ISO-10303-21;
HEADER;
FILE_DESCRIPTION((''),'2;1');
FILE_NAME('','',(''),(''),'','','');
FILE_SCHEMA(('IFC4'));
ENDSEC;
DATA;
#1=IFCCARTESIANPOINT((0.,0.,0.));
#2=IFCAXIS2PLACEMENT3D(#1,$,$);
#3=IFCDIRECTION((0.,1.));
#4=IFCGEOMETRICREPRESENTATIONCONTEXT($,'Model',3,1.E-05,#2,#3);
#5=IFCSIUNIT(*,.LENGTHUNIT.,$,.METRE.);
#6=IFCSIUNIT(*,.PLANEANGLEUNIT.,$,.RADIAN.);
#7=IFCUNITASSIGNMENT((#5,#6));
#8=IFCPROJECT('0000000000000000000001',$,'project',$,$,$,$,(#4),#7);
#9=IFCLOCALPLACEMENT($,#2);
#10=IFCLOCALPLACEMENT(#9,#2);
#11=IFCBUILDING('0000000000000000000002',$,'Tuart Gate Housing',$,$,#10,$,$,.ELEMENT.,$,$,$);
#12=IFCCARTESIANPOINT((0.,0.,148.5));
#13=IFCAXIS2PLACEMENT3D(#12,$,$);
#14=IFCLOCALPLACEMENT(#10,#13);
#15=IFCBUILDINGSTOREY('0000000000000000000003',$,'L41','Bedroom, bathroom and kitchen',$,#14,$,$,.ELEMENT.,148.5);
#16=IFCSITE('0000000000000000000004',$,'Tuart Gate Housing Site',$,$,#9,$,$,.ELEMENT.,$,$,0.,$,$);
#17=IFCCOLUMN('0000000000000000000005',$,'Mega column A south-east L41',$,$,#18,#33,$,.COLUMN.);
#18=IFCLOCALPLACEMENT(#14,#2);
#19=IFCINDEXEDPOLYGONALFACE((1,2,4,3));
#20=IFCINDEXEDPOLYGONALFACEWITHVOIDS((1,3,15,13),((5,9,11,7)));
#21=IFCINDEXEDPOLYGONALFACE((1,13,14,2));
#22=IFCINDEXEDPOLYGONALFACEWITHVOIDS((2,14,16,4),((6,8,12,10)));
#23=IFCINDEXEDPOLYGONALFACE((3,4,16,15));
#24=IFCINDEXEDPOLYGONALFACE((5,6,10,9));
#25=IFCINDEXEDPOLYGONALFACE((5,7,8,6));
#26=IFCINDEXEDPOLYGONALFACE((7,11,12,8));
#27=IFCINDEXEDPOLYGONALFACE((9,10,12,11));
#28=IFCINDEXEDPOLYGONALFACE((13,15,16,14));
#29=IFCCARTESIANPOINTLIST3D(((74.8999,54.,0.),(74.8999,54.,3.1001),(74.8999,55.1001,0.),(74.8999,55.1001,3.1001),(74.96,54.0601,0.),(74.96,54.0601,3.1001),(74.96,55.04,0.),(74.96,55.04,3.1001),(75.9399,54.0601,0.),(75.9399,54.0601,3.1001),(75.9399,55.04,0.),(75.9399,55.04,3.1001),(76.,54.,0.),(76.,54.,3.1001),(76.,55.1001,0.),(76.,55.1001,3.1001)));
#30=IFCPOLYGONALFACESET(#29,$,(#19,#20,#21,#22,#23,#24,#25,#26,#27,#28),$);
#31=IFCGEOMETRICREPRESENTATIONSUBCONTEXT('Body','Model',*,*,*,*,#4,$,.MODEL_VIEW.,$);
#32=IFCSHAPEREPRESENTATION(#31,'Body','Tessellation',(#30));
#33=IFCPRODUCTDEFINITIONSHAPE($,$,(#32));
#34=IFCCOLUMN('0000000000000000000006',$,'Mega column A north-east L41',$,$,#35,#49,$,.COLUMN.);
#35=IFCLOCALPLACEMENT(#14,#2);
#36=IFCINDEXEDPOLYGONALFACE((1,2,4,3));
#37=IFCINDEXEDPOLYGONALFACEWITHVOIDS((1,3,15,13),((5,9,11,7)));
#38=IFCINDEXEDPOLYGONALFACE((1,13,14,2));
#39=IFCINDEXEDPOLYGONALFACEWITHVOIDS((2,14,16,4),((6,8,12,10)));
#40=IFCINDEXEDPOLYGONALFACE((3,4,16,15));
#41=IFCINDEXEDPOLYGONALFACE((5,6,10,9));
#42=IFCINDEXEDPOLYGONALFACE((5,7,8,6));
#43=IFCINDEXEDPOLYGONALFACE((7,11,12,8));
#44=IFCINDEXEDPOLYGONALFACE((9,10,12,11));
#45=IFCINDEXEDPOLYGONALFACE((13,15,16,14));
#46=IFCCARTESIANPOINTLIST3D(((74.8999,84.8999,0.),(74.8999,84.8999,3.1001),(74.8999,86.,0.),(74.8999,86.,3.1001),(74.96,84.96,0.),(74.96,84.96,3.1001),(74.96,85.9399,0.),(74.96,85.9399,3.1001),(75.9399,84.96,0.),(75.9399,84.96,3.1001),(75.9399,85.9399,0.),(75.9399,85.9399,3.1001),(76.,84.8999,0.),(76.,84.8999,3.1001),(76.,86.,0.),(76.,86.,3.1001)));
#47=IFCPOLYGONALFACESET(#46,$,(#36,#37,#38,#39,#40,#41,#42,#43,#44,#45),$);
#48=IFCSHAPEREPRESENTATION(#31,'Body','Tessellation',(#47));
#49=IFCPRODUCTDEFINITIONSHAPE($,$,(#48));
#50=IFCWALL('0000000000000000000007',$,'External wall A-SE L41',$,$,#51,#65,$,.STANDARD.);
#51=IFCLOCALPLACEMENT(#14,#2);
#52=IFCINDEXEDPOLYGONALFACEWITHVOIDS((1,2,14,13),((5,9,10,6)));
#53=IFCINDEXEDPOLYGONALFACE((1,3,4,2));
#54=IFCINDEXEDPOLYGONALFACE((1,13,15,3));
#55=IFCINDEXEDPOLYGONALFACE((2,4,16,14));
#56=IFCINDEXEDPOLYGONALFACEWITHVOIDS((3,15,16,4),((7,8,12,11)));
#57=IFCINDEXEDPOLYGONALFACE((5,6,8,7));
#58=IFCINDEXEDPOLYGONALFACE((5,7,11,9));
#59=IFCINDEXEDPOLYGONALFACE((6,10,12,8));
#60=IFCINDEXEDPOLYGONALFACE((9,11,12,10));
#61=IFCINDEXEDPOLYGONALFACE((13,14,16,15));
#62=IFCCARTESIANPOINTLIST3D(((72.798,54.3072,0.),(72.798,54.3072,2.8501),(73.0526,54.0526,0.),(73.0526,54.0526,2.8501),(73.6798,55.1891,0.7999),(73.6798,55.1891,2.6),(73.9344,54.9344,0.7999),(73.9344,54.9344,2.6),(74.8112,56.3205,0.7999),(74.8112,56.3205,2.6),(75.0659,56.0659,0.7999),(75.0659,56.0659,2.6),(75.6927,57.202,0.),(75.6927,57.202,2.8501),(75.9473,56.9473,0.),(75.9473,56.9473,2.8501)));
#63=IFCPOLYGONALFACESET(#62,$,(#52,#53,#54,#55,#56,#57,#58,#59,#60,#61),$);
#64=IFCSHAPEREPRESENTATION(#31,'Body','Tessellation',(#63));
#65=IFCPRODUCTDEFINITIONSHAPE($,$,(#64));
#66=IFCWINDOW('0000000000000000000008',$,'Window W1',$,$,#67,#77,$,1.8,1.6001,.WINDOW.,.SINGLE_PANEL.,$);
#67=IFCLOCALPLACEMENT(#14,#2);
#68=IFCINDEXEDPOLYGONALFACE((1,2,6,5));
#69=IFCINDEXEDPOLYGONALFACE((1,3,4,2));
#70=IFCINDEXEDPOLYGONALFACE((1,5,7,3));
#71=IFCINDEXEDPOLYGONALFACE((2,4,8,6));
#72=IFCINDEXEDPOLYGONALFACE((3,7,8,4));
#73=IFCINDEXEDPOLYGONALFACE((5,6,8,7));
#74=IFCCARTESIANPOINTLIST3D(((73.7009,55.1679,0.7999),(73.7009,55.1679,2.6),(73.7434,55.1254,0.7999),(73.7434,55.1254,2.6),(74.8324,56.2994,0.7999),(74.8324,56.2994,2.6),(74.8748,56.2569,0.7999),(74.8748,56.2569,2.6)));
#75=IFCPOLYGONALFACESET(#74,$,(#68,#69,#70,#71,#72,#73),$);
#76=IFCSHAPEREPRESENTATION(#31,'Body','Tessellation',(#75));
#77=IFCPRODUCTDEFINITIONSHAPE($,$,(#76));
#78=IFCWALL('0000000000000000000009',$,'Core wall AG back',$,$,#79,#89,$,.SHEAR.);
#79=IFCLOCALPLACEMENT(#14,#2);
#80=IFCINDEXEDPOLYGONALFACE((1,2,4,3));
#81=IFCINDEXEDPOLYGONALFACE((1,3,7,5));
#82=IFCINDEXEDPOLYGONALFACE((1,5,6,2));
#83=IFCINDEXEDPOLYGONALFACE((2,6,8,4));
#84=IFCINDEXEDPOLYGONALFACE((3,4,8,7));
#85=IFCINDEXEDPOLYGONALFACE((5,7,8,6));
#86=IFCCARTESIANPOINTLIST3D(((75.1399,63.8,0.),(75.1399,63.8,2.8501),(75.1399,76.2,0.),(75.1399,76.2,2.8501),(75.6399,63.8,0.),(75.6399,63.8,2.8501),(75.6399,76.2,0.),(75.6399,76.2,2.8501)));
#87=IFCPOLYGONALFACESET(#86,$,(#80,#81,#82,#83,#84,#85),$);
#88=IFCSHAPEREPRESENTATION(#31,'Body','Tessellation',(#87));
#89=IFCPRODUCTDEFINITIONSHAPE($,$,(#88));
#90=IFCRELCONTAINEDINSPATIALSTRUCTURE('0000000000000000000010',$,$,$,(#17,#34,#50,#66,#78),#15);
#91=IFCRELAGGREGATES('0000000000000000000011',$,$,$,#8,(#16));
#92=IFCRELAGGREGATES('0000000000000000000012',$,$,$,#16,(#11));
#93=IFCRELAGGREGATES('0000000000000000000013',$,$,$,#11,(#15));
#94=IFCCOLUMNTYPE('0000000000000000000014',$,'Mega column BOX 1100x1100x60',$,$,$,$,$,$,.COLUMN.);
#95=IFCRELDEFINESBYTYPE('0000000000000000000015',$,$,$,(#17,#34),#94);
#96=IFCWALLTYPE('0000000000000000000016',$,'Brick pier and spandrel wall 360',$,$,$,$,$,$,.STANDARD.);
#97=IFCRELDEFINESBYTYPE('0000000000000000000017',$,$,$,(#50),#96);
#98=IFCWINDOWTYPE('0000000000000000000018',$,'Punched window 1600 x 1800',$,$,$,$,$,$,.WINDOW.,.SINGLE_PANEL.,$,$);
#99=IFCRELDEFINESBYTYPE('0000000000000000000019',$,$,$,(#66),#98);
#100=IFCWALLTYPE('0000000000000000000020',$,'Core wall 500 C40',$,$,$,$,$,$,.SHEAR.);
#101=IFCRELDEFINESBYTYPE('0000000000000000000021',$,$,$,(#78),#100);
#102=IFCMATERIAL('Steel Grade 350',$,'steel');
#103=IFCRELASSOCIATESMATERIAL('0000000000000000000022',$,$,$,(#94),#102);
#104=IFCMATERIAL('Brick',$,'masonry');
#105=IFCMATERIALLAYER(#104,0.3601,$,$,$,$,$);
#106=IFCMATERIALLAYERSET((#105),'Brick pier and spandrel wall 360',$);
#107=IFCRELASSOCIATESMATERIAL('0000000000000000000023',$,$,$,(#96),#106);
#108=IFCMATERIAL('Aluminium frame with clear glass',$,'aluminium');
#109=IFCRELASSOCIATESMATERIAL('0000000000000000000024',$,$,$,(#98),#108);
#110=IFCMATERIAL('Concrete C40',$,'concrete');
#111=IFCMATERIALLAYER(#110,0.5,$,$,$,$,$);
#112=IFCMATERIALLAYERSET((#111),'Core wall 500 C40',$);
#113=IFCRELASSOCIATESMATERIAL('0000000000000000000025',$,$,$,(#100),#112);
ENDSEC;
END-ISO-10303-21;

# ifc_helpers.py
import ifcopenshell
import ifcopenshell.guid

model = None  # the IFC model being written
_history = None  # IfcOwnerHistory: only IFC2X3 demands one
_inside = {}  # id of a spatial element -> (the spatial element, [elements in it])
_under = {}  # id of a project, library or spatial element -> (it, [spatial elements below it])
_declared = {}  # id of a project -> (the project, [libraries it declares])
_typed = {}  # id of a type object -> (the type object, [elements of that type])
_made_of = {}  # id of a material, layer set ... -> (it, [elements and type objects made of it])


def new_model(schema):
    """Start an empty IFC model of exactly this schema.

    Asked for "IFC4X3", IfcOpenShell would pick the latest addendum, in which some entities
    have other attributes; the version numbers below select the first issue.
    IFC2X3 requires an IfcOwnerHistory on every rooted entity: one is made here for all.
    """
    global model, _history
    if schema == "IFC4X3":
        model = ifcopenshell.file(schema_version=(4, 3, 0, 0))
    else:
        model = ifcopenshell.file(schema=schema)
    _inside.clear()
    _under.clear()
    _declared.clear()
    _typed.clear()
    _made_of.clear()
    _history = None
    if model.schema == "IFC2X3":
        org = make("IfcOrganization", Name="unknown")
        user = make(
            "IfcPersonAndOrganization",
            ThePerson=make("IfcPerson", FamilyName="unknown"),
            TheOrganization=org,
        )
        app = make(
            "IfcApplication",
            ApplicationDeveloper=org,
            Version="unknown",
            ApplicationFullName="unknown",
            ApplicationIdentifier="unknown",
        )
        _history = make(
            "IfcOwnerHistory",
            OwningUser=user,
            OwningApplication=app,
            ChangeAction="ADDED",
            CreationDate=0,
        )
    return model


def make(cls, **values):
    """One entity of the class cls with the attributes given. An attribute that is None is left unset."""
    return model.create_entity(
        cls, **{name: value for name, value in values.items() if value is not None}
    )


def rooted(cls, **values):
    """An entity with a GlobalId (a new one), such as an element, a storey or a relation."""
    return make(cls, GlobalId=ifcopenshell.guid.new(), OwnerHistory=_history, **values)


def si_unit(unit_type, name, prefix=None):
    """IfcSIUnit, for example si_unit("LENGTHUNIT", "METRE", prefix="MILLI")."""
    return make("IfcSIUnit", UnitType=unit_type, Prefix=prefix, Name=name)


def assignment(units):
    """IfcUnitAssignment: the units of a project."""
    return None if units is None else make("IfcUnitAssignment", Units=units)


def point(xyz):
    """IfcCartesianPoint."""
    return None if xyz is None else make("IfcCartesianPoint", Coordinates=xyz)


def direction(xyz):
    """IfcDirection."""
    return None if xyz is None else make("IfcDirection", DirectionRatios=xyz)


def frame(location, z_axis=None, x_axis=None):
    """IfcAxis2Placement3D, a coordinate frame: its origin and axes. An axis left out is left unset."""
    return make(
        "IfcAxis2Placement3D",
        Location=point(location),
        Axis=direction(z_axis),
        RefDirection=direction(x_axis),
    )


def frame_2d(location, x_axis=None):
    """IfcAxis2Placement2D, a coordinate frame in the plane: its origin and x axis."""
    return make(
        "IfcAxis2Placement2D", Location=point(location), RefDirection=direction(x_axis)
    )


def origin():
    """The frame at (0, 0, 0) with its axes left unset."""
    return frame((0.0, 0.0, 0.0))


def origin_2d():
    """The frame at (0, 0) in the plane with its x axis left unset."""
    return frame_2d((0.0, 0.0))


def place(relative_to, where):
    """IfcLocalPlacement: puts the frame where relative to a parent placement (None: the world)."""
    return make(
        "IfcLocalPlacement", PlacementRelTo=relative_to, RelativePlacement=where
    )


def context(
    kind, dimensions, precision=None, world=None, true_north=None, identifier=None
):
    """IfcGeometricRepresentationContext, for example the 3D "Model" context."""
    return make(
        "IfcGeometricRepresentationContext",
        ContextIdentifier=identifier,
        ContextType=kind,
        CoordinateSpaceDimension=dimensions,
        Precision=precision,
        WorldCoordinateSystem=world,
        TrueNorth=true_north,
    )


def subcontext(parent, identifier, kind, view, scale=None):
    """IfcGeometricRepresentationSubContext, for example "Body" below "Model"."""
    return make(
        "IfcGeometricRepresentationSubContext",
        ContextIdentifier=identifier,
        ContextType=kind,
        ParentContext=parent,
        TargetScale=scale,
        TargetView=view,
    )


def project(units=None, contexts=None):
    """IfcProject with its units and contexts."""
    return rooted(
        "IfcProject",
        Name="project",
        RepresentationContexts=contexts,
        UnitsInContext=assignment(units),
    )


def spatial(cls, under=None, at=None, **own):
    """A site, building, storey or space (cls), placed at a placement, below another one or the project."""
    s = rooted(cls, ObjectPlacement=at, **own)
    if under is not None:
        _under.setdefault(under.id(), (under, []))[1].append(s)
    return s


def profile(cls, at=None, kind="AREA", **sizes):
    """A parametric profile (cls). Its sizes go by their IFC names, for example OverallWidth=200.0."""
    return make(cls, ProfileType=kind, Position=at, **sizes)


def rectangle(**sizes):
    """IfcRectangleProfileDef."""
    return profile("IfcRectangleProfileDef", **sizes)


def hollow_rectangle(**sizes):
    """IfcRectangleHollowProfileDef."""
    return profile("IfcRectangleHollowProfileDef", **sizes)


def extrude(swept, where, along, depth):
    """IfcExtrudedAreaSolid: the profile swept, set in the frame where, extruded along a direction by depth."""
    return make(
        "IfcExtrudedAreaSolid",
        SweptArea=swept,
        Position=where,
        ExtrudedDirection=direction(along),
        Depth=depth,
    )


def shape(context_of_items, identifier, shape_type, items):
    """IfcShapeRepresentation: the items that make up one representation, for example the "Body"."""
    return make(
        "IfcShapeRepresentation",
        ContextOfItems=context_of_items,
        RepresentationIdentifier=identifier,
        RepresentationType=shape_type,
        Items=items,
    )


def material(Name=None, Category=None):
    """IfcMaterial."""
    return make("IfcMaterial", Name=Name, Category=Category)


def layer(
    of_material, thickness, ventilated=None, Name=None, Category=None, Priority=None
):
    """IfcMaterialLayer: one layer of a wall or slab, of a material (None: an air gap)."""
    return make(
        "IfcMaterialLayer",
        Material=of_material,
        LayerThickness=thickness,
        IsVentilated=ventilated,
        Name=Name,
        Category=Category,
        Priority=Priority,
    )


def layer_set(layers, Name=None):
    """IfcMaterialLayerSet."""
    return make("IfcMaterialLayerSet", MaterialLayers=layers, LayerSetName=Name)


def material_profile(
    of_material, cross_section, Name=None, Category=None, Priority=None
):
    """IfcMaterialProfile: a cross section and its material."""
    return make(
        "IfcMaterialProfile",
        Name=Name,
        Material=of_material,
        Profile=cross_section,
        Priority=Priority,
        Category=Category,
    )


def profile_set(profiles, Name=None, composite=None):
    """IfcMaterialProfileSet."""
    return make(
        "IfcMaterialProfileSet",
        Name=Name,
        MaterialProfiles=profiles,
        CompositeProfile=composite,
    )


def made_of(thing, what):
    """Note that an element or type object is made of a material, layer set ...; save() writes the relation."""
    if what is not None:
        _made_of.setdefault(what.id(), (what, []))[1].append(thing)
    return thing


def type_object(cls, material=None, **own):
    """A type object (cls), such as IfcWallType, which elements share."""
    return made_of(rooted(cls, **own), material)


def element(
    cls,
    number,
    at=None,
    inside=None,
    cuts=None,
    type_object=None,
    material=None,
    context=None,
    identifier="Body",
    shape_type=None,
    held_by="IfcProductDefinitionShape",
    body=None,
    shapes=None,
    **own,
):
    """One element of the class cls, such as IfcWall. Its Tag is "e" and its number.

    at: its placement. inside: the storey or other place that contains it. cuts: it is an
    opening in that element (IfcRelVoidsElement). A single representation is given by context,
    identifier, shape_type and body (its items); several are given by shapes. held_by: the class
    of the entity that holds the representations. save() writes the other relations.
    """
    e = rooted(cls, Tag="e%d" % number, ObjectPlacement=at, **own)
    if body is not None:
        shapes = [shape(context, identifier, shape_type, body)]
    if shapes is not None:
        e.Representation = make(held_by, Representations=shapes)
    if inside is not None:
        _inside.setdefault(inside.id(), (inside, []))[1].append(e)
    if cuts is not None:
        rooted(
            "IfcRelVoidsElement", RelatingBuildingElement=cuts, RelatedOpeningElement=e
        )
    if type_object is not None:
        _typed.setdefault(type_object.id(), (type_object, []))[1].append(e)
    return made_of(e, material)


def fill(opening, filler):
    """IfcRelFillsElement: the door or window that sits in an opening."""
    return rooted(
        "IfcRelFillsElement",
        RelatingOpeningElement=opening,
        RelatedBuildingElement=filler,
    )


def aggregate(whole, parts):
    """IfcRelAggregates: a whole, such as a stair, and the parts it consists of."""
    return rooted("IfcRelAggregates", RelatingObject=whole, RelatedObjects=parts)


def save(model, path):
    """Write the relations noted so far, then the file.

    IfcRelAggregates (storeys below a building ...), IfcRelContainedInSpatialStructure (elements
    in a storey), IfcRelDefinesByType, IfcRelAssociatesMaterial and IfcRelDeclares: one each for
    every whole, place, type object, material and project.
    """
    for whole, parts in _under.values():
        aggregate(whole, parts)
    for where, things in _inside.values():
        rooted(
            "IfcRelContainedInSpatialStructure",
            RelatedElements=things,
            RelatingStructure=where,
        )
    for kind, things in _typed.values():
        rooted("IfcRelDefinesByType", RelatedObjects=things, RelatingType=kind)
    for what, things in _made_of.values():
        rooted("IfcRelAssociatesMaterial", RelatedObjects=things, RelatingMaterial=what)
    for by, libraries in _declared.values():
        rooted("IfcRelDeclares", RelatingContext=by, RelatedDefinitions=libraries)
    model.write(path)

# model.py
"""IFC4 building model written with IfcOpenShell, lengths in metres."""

from ifc_helpers import new_model, si_unit, direction, frame, frame_2d, origin, origin_2d, place, context, subcontext, project, spatial, rectangle, hollow_rectangle, extrude, material, layer, layer_set, material_profile, profile_set, type_object, element, fill, save


model = new_model("IFC4")

# Units and contexts
model_context = context("Model", 3, precision=1e-05, world=origin(), true_north=direction((0.0, 1.0)))
body_context = subcontext(model_context, "Body", "Model", "MODEL_VIEW")
ifc_project = project(units=[si_unit("LENGTHUNIT", "METRE"), si_unit("PLANEANGLEUNIT", "RADIAN")], contexts=[model_context])

# Site, building, storey
site_placement = place(None, origin())
site = spatial("IfcSite", under=ifc_project, at=site_placement, Name="Tuart Gate Housing Site", CompositionType="ELEMENT", RefElevation=0.0)
building_placement = place(site_placement, origin())
building = spatial("IfcBuilding", under=site, at=building_placement, Name="Tuart Gate Housing", CompositionType="ELEMENT")
storey_placement = place(building_placement, frame((0.0, 0.0, 148.5)))
storey = spatial("IfcBuildingStorey", under=building, at=storey_placement, Name="L41", Description="Bedroom, bathroom and kitchen", CompositionType="ELEMENT", Elevation=148.5)

# Columns
ifc_material_1 = material(Name="Steel Grade 350", Category="steel")
ifc_material_profile = material_profile(ifc_material_1, hollow_rectangle(XDim=1.1001, YDim=1.1001, WallThickness=0.0601, at=origin_2d()), Name="BOX 1100x1100x60")
ifc_profile_set = profile_set([ifc_material_profile], Name="Steel Grade 350")
column_type = type_object("IfcColumnType", Name="Mega column BOX 1100x1100x60", PredefinedType="COLUMN", material=ifc_profile_set)
for number, where, z_axis, x_axis, name in (
    (1, (75.45, 54.55, 0.0), (0.0, 0.0, 1.0), (1.0, 0.0, 0.0), "Mega column A south-east L41"),
    (2, (75.45, 85.45, 0.0), (0.0, 0.0, 1.0), (1.0, 0.0, 0.0), "Mega column A north-east L41"),
):
    element("IfcColumn", number, at=place(storey_placement, frame(where, z_axis=z_axis, x_axis=x_axis)), inside=storey, type_object=column_type, Name=name, PredefinedType="COLUMN", context=body_context, shape_type="SweptSolid", body=[
        extrude(hollow_rectangle(XDim=1.1001, YDim=1.1001, WallThickness=0.0601, at=origin_2d()), origin(), (0.0, 0.0, 1.0), 3.1001),
    ])

# Wall, opening, window
ifc_material_2 = material(Name="Brick", Category="masonry")
ifc_layer_1 = layer(ifc_material_2, 0.3601)
ifc_layer_set_1 = layer_set([ifc_layer_1], Name="Brick pier and spandrel wall 360")
wall_type_1 = type_object("IfcWallType", Name="Brick pier and spandrel wall 360", PredefinedType="STANDARD", material=ifc_layer_set_1)
wall_1_placement = place(storey_placement, frame((72.9253, 54.1799, 0.0), z_axis=(0.0, 0.0, 1.0), x_axis=(0.707107, 0.707107, 0.0)))
wall_1 = element("IfcWall", 3, at=wall_1_placement, inside=storey, type_object=wall_type_1, Name="External wall A-SE L41", PredefinedType="STANDARD", context=body_context, shape_type="SweptSolid", body=[
    extrude(rectangle(XDim=4.0938, YDim=0.3601, at=frame_2d((2.0469, 0.0))), origin(), (0.0, 0.0, 1.0), 2.8501),
])
opening_1_placement = place(wall_1_placement, frame((1.2471, 0.0, 0.8)))
opening_1 = element("IfcOpeningElement", 4, at=opening_1_placement, cuts=wall_1, PredefinedType="OPENING", context=body_context, shape_type="SweptSolid", body=[
    extrude(rectangle(XDim=1.6001, YDim=1.8, at=frame_2d((0.8, 0.8999))), frame((0.0, 0.1899, 0.0), z_axis=(0.0, -1.0, 0.0), x_axis=(1.0, 0.0, 0.0)), (0.0, 0.0, 1.0), 0.3801),
])
ifc_material_3 = material(Name="Aluminium frame with clear glass", Category="aluminium")
window_type_1 = type_object("IfcWindowType", Name="Punched window 1600 x 1800", PartitioningType="SINGLE_PANEL", PredefinedType="WINDOW", material=ifc_material_3)
window_1_placement = place(opening_1_placement, origin())
window_1 = element("IfcWindow", 5, at=window_1_placement, inside=storey, type_object=window_type_1, Name="Window W1", OverallHeight=1.8, OverallWidth=1.6001, PartitioningType="SINGLE_PANEL", PredefinedType="WINDOW", context=body_context, shape_type="SweptSolid", body=[
    extrude(rectangle(XDim=1.6001, YDim=1.8, at=frame_2d((0.8, 0.8999))), frame((0.0, 0.1501, 0.0), z_axis=(0.0, -1.0, 0.0), x_axis=(1.0, 0.0, 0.0)), (0.0, 0.0, 1.0), 0.0601),
])
fill(opening_1, window_1)

# Wall
ifc_material_4 = material(Name="Concrete C40", Category="concrete")
ifc_layer_2 = layer(ifc_material_4, 0.5)
ifc_layer_set_2 = layer_set([ifc_layer_2], Name="Core wall 500 C40")
wall_type_2 = type_object("IfcWallType", Name="Core wall 500 C40", PredefinedType="SHEAR", material=ifc_layer_set_2)
wall_2_placement = place(storey_placement, frame((75.3899, 63.8, 0.0), z_axis=(0.0, 0.0, 1.0), x_axis=(0.0, 1.0, 0.0)))
element("IfcWall", 6, at=wall_2_placement, inside=storey, type_object=wall_type_2, Name="Core wall AG back", PredefinedType="SHEAR", context=body_context, shape_type="SweptSolid", body=[
    extrude(rectangle(XDim=12.3999, YDim=0.5, at=frame_2d((6.2, 0.0))), origin(), (0.0, 0.0, 1.0), 2.8501),
])

save(model, "model.ifc")
